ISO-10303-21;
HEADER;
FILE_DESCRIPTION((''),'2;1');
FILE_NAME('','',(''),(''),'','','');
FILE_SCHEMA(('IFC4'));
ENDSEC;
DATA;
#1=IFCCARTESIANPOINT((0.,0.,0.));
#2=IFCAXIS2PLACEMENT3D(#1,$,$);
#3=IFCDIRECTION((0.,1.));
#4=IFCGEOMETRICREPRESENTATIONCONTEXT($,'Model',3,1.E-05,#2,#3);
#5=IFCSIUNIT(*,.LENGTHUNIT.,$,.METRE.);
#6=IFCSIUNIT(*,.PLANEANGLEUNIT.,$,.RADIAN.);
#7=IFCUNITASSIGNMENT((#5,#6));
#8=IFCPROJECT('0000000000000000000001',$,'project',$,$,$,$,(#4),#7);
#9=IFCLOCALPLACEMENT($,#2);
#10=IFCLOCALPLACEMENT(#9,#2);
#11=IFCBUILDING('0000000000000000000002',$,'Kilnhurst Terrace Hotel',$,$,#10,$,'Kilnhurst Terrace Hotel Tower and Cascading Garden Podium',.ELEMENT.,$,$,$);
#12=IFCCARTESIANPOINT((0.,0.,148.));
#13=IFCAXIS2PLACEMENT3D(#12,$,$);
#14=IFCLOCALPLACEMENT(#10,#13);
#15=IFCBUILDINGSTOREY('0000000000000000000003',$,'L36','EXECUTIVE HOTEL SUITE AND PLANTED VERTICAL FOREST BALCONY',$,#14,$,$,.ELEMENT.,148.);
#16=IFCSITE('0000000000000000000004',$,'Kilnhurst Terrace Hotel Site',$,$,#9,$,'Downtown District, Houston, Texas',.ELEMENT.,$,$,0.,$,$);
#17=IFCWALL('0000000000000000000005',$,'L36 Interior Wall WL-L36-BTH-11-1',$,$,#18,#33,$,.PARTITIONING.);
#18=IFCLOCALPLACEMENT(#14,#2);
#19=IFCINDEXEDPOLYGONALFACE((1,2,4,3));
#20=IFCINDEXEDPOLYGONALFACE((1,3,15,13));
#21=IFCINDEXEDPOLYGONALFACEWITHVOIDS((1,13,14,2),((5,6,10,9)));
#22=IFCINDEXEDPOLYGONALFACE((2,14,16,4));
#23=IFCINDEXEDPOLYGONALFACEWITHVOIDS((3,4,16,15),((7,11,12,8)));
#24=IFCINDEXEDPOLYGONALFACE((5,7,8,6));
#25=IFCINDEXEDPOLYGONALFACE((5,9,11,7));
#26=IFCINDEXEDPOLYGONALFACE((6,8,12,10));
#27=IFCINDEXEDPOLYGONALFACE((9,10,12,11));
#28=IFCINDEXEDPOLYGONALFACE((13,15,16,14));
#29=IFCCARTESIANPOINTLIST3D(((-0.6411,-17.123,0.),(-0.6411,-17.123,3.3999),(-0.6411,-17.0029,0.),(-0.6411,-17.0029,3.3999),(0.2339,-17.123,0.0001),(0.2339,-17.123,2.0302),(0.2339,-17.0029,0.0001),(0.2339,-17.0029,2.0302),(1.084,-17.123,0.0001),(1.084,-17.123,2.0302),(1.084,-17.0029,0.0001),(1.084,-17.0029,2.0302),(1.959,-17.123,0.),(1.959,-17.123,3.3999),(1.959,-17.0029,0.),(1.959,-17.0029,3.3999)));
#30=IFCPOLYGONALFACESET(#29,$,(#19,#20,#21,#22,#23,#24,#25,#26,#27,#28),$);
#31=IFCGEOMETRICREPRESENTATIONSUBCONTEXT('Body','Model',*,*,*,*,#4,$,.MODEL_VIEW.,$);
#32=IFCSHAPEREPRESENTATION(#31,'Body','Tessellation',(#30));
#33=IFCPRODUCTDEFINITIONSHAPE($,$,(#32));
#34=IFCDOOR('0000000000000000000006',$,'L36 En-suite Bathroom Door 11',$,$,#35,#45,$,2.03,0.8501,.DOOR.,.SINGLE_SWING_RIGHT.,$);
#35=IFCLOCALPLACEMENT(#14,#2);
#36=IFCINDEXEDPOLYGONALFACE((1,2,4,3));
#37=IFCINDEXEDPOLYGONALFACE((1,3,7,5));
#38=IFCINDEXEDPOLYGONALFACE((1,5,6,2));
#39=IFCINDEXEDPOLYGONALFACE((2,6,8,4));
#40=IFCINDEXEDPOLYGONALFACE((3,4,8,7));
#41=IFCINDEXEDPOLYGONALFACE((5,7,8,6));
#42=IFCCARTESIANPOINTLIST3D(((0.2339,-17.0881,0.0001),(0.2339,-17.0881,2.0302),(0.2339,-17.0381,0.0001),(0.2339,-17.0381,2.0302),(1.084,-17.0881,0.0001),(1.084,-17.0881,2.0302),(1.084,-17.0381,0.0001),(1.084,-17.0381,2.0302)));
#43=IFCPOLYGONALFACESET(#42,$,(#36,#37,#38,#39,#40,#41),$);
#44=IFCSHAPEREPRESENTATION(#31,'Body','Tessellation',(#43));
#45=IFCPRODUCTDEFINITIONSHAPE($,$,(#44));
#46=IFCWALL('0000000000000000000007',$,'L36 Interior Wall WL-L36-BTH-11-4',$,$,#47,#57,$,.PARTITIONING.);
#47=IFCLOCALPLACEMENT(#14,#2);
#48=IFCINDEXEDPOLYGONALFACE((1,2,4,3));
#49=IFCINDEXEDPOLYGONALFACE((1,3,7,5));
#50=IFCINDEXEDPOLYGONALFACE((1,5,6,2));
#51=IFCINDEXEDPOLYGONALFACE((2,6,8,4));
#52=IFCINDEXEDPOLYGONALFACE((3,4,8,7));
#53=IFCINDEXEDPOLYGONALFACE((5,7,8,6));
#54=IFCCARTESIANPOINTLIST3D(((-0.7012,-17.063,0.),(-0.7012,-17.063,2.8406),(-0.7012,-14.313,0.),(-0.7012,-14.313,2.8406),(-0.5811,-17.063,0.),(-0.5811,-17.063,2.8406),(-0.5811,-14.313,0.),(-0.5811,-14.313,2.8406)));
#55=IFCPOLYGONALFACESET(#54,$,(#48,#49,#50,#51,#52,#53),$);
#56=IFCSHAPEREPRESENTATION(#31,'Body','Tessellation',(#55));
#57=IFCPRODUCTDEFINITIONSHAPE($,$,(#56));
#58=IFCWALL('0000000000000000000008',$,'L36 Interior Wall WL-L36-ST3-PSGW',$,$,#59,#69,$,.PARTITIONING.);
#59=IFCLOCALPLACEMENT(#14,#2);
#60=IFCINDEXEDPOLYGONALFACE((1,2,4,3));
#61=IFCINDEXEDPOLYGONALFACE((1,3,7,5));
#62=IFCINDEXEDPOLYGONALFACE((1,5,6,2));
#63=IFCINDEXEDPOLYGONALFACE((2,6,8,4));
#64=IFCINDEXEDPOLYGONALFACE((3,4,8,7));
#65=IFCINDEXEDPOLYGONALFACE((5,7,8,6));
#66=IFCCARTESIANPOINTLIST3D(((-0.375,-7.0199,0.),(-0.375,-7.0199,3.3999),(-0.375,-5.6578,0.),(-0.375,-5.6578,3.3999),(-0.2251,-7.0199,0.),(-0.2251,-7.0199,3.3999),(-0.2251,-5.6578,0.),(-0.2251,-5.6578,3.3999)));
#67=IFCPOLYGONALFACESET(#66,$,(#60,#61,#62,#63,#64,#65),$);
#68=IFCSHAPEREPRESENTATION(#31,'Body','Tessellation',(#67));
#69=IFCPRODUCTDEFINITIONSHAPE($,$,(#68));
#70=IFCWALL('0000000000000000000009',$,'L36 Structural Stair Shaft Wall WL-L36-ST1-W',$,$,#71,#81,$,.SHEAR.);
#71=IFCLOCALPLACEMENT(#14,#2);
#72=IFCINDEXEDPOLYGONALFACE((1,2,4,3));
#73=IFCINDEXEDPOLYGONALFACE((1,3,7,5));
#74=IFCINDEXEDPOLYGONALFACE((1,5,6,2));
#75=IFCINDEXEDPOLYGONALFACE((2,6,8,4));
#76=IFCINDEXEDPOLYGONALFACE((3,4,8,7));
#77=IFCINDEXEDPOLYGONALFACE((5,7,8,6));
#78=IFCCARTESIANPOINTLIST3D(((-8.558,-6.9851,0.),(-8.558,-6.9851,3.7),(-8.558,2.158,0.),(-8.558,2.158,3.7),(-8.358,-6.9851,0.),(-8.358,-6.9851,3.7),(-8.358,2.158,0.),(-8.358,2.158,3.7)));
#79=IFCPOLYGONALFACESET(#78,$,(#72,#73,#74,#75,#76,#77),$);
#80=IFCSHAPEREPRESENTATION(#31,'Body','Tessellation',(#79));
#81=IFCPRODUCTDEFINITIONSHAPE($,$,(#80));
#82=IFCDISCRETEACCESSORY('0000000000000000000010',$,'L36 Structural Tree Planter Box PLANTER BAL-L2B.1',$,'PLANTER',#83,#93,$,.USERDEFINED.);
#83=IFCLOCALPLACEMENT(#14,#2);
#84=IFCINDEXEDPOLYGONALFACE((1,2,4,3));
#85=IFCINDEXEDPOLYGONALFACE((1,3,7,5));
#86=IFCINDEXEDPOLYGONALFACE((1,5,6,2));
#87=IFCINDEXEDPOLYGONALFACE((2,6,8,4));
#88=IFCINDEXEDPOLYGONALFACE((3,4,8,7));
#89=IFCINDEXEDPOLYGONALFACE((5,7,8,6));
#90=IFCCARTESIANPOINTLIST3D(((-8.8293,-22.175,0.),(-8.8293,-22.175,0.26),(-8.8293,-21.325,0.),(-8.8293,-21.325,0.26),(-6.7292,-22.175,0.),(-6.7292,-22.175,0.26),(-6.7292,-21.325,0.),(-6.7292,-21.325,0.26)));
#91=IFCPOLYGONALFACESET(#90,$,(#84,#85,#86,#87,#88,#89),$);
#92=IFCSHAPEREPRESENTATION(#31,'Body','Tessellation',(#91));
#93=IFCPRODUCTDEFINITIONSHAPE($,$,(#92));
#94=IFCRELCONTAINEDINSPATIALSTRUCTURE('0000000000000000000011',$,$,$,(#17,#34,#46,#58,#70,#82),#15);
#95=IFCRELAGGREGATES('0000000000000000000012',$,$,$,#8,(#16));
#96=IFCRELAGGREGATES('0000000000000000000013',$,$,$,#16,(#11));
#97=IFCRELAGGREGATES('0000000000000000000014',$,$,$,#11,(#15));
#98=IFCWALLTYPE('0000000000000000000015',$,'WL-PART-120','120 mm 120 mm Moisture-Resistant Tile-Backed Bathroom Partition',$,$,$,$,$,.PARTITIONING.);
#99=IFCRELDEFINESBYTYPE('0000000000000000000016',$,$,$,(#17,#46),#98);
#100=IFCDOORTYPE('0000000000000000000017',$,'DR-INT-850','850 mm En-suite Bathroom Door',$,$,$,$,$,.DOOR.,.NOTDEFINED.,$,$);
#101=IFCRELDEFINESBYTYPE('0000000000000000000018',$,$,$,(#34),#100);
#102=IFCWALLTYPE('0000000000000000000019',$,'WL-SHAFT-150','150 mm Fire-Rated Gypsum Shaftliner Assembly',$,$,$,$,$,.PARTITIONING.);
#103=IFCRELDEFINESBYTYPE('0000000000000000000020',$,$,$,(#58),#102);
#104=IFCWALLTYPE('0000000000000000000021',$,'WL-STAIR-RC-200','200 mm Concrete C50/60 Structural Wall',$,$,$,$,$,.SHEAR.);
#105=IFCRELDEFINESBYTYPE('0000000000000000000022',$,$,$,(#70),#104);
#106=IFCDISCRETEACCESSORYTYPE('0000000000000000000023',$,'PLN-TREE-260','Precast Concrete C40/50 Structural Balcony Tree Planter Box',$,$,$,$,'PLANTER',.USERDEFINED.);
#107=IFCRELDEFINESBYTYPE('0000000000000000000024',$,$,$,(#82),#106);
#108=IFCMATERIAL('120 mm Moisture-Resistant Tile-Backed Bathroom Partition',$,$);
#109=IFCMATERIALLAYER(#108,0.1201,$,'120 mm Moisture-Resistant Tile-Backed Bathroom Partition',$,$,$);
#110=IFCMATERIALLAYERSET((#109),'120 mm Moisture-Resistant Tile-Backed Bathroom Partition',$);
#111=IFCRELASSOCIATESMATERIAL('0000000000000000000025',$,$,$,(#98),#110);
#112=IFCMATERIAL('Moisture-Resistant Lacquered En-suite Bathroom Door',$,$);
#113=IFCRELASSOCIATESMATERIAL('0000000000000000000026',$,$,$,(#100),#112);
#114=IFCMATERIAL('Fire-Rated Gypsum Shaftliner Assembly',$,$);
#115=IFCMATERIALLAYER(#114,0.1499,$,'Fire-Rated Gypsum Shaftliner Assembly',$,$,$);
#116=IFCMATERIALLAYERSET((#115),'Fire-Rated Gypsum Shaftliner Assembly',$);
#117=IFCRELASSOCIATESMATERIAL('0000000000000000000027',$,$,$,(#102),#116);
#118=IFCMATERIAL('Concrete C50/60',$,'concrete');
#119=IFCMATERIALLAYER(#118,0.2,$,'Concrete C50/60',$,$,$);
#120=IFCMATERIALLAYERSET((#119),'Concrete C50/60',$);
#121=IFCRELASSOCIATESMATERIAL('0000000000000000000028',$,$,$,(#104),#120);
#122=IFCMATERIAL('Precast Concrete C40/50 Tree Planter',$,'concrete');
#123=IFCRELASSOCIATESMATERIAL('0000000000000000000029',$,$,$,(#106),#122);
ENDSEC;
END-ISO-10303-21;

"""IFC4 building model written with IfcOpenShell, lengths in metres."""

from ifc_helpers import new_model, si_unit, direction, frame, frame_2d, origin, origin_2d, place, context, subcontext, project, spatial, rectangle, extrude, material, layer, layer_set, type_object, element, fill, save


model = new_model("IFC4")

# Units and contexts
model_context = context("Model", 3, precision=1e-05, world=origin(), true_north=direction((0.0, 1.0)))
body_context = subcontext(model_context, "Body", "Model", "MODEL_VIEW")
ifc_project = project(units=[si_unit("LENGTHUNIT", "METRE"), si_unit("PLANEANGLEUNIT", "RADIAN")], contexts=[model_context])

# Site, building, storey
site_placement = place(None, origin())
site = spatial("IfcSite", under=ifc_project, at=site_placement, Name="Kilnhurst Terrace Hotel Site", LongName="Downtown District, Houston, Texas", CompositionType="ELEMENT", RefElevation=0.0)
building_placement = place(site_placement, origin())
building = spatial("IfcBuilding", under=site, at=building_placement, Name="Kilnhurst Terrace Hotel", LongName="Kilnhurst Terrace Hotel Tower and Cascading Garden Podium", CompositionType="ELEMENT")
storey_placement = place(building_placement, frame((0.0, 0.0, 148.0)))
storey = spatial("IfcBuildingStorey", under=building, at=storey_placement, Name="L36", Description="EXECUTIVE HOTEL SUITE AND PLANTED VERTICAL FOREST BALCONY", CompositionType="ELEMENT", Elevation=148.0)

# Shared definitions
ifc_material_1 = material(Name="Concrete C50/60", Category="concrete")

# Shared definitions
ifc_material_2 = material(Name="120 mm Moisture-Resistant Tile-Backed Bathroom Partition")
ifc_layer_1 = layer(ifc_material_2, 0.1201, Name="120 mm Moisture-Resistant Tile-Backed Bathroom Partition")
ifc_layer_set_1 = layer_set([ifc_layer_1], Name="120 mm Moisture-Resistant Tile-Backed Bathroom Partition")
wall_type_1 = type_object("IfcWallType", Name="WL-PART-120", Description="120 mm 120 mm Moisture-Resistant Tile-Backed Bathroom Partition", PredefinedType="PARTITIONING", material=ifc_layer_set_1)

# Wall, opening, door
wall_1_placement = place(storey_placement, frame((-0.6411, -17.063, 0.0), z_axis=(0.0, 0.0, 1.0), x_axis=(1.0, 0.0, 0.0)))
wall_1 = element("IfcWall", 1, at=wall_1_placement, inside=storey, type_object=wall_type_1, Name="L36 Interior Wall WL-L36-BTH-11-1", PredefinedType="PARTITIONING", context=body_context, shape_type="SweptSolid", body=[
    extrude(rectangle(XDim=2.6001, YDim=0.1201, at=frame_2d((1.3, 0.0))), origin(), (0.0, 0.0, 1.0), 3.3999),
])
opening_1_placement = place(wall_1_placement, frame((0.875, 0.0, 0.0)))
opening_1 = element("IfcOpeningElement", 2, at=opening_1_placement, cuts=wall_1, PredefinedType="OPENING", context=body_context, shape_type="SweptSolid", body=[
    extrude(rectangle(XDim=0.8501, YDim=2.03, at=frame_2d((0.425, 1.0151))), frame((0.0, 0.0701, 0.0), z_axis=(0.0, -1.0, 0.0), x_axis=(1.0, 0.0, 0.0)), (0.0, 0.0, 1.0), 0.1401),
])
ifc_material_3 = material(Name="Moisture-Resistant Lacquered En-suite Bathroom Door")
door_type_1 = type_object("IfcDoorType", Name="DR-INT-850", Description="850 mm En-suite Bathroom Door", OperationType="NOTDEFINED", PredefinedType="DOOR", material=ifc_material_3)
door_1_placement = place(opening_1_placement, origin())
door_1 = element("IfcDoor", 3, at=door_1_placement, inside=storey, type_object=door_type_1, Name="L36 En-suite Bathroom Door 11", OperationType="SINGLE_SWING_RIGHT", OverallHeight=2.03, OverallWidth=0.8501, PredefinedType="DOOR", context=body_context, shape_type="SweptSolid", body=[
    extrude(rectangle(XDim=0.8501, YDim=2.03, at=frame_2d((0.425, 1.0151))), frame((0.0, 0.0249, 0.0), z_axis=(0.0, -1.0, 0.0), x_axis=(1.0, 0.0, 0.0)), (0.0, 0.0, 1.0), 0.05),
])
fill(opening_1, door_1)

# Walls
wall_2_placement = place(storey_placement, frame((-0.6411, -14.313, 0.0), z_axis=(0.0, 0.0, 1.0), x_axis=(0.0, -1.0, 0.0)))
element("IfcWall", 4, at=wall_2_placement, inside=storey, type_object=wall_type_1, Name="L36 Interior Wall WL-L36-BTH-11-4", PredefinedType="PARTITIONING", context=body_context, shape_type="SweptSolid", body=[
    extrude(rectangle(XDim=2.75, YDim=0.1201, at=frame_2d((1.375, 0.0))), origin(), (0.0, 0.0, 1.0), 2.8406),
])
ifc_material_4 = material(Name="Fire-Rated Gypsum Shaftliner Assembly")
ifc_layer_2 = layer(ifc_material_4, 0.1499, Name="Fire-Rated Gypsum Shaftliner Assembly")
ifc_layer_set_2 = layer_set([ifc_layer_2], Name="Fire-Rated Gypsum Shaftliner Assembly")
wall_type_2 = type_object("IfcWallType", Name="WL-SHAFT-150", Description="150 mm Fire-Rated Gypsum Shaftliner Assembly", PredefinedType="PARTITIONING", material=ifc_layer_set_2)
wall_3_placement = place(storey_placement, frame((-0.3, -7.02, 0.0), z_axis=(0.0, 0.0, 1.0), x_axis=(0.0, 1.0, 0.0)))
element("IfcWall", 5, at=wall_3_placement, inside=storey, type_object=wall_type_2, Name="L36 Interior Wall WL-L36-ST3-PSGW", PredefinedType="PARTITIONING", context=body_context, shape_type="SweptSolid", body=[
    extrude(rectangle(XDim=1.3621, YDim=0.1499, at=frame_2d((0.6812, 0.0))), origin(), (0.0, 0.0, 1.0), 3.3999),
])
ifc_layer_3 = layer(ifc_material_1, 0.2, Name="Concrete C50/60")
ifc_layer_set_3 = layer_set([ifc_layer_3], Name="Concrete C50/60")
wall_type_3 = type_object("IfcWallType", Name="WL-STAIR-RC-200", Description="200 mm Concrete C50/60 Structural Wall", PredefinedType="SHEAR", material=ifc_layer_set_3)
wall_4_placement = place(storey_placement, frame((-8.458, -6.9851, 0.0), z_axis=(0.0, 0.0, 1.0), x_axis=(0.0, 1.0, 0.0)))
element("IfcWall", 6, at=wall_4_placement, inside=storey, type_object=wall_type_3, Name="L36 Structural Stair Shaft Wall WL-L36-ST1-W", PredefinedType="SHEAR", context=body_context, shape_type="SweptSolid", body=[
    extrude(rectangle(XDim=9.1431, YDim=0.2, at=frame_2d((4.5715, 0.0))), origin(), (0.0, 0.0, 1.0), 3.7),
])

# Discrete accessory
ifc_material_5 = material(Name="Precast Concrete C40/50 Tree Planter", Category="concrete")
discrete_accessory_type = type_object("IfcDiscreteAccessoryType", Name="PLN-TREE-260", Description="Precast Concrete C40/50 Structural Balcony Tree Planter Box", ElementType="PLANTER", PredefinedType="USERDEFINED", material=ifc_material_5)
discrete_accessory_placement = place(storey_placement, frame((-7.7793, -21.75, 0.0), z_axis=(0.0, 0.0, 1.0), x_axis=(1.0, 0.0, 0.0)))
element("IfcDiscreteAccessory", 7, at=discrete_accessory_placement, inside=storey, type_object=discrete_accessory_type, Name="L36 Structural Tree Planter Box PLANTER BAL-L2B.1", ObjectType="PLANTER", PredefinedType="USERDEFINED", context=body_context, shape_type="SweptSolid", body=[
    extrude(rectangle(XDim=2.1001, YDim=0.8501, at=origin_2d()), origin(), (0.0, 0.0, 1.0), 0.26),
])

save(model, "model.ifc")
